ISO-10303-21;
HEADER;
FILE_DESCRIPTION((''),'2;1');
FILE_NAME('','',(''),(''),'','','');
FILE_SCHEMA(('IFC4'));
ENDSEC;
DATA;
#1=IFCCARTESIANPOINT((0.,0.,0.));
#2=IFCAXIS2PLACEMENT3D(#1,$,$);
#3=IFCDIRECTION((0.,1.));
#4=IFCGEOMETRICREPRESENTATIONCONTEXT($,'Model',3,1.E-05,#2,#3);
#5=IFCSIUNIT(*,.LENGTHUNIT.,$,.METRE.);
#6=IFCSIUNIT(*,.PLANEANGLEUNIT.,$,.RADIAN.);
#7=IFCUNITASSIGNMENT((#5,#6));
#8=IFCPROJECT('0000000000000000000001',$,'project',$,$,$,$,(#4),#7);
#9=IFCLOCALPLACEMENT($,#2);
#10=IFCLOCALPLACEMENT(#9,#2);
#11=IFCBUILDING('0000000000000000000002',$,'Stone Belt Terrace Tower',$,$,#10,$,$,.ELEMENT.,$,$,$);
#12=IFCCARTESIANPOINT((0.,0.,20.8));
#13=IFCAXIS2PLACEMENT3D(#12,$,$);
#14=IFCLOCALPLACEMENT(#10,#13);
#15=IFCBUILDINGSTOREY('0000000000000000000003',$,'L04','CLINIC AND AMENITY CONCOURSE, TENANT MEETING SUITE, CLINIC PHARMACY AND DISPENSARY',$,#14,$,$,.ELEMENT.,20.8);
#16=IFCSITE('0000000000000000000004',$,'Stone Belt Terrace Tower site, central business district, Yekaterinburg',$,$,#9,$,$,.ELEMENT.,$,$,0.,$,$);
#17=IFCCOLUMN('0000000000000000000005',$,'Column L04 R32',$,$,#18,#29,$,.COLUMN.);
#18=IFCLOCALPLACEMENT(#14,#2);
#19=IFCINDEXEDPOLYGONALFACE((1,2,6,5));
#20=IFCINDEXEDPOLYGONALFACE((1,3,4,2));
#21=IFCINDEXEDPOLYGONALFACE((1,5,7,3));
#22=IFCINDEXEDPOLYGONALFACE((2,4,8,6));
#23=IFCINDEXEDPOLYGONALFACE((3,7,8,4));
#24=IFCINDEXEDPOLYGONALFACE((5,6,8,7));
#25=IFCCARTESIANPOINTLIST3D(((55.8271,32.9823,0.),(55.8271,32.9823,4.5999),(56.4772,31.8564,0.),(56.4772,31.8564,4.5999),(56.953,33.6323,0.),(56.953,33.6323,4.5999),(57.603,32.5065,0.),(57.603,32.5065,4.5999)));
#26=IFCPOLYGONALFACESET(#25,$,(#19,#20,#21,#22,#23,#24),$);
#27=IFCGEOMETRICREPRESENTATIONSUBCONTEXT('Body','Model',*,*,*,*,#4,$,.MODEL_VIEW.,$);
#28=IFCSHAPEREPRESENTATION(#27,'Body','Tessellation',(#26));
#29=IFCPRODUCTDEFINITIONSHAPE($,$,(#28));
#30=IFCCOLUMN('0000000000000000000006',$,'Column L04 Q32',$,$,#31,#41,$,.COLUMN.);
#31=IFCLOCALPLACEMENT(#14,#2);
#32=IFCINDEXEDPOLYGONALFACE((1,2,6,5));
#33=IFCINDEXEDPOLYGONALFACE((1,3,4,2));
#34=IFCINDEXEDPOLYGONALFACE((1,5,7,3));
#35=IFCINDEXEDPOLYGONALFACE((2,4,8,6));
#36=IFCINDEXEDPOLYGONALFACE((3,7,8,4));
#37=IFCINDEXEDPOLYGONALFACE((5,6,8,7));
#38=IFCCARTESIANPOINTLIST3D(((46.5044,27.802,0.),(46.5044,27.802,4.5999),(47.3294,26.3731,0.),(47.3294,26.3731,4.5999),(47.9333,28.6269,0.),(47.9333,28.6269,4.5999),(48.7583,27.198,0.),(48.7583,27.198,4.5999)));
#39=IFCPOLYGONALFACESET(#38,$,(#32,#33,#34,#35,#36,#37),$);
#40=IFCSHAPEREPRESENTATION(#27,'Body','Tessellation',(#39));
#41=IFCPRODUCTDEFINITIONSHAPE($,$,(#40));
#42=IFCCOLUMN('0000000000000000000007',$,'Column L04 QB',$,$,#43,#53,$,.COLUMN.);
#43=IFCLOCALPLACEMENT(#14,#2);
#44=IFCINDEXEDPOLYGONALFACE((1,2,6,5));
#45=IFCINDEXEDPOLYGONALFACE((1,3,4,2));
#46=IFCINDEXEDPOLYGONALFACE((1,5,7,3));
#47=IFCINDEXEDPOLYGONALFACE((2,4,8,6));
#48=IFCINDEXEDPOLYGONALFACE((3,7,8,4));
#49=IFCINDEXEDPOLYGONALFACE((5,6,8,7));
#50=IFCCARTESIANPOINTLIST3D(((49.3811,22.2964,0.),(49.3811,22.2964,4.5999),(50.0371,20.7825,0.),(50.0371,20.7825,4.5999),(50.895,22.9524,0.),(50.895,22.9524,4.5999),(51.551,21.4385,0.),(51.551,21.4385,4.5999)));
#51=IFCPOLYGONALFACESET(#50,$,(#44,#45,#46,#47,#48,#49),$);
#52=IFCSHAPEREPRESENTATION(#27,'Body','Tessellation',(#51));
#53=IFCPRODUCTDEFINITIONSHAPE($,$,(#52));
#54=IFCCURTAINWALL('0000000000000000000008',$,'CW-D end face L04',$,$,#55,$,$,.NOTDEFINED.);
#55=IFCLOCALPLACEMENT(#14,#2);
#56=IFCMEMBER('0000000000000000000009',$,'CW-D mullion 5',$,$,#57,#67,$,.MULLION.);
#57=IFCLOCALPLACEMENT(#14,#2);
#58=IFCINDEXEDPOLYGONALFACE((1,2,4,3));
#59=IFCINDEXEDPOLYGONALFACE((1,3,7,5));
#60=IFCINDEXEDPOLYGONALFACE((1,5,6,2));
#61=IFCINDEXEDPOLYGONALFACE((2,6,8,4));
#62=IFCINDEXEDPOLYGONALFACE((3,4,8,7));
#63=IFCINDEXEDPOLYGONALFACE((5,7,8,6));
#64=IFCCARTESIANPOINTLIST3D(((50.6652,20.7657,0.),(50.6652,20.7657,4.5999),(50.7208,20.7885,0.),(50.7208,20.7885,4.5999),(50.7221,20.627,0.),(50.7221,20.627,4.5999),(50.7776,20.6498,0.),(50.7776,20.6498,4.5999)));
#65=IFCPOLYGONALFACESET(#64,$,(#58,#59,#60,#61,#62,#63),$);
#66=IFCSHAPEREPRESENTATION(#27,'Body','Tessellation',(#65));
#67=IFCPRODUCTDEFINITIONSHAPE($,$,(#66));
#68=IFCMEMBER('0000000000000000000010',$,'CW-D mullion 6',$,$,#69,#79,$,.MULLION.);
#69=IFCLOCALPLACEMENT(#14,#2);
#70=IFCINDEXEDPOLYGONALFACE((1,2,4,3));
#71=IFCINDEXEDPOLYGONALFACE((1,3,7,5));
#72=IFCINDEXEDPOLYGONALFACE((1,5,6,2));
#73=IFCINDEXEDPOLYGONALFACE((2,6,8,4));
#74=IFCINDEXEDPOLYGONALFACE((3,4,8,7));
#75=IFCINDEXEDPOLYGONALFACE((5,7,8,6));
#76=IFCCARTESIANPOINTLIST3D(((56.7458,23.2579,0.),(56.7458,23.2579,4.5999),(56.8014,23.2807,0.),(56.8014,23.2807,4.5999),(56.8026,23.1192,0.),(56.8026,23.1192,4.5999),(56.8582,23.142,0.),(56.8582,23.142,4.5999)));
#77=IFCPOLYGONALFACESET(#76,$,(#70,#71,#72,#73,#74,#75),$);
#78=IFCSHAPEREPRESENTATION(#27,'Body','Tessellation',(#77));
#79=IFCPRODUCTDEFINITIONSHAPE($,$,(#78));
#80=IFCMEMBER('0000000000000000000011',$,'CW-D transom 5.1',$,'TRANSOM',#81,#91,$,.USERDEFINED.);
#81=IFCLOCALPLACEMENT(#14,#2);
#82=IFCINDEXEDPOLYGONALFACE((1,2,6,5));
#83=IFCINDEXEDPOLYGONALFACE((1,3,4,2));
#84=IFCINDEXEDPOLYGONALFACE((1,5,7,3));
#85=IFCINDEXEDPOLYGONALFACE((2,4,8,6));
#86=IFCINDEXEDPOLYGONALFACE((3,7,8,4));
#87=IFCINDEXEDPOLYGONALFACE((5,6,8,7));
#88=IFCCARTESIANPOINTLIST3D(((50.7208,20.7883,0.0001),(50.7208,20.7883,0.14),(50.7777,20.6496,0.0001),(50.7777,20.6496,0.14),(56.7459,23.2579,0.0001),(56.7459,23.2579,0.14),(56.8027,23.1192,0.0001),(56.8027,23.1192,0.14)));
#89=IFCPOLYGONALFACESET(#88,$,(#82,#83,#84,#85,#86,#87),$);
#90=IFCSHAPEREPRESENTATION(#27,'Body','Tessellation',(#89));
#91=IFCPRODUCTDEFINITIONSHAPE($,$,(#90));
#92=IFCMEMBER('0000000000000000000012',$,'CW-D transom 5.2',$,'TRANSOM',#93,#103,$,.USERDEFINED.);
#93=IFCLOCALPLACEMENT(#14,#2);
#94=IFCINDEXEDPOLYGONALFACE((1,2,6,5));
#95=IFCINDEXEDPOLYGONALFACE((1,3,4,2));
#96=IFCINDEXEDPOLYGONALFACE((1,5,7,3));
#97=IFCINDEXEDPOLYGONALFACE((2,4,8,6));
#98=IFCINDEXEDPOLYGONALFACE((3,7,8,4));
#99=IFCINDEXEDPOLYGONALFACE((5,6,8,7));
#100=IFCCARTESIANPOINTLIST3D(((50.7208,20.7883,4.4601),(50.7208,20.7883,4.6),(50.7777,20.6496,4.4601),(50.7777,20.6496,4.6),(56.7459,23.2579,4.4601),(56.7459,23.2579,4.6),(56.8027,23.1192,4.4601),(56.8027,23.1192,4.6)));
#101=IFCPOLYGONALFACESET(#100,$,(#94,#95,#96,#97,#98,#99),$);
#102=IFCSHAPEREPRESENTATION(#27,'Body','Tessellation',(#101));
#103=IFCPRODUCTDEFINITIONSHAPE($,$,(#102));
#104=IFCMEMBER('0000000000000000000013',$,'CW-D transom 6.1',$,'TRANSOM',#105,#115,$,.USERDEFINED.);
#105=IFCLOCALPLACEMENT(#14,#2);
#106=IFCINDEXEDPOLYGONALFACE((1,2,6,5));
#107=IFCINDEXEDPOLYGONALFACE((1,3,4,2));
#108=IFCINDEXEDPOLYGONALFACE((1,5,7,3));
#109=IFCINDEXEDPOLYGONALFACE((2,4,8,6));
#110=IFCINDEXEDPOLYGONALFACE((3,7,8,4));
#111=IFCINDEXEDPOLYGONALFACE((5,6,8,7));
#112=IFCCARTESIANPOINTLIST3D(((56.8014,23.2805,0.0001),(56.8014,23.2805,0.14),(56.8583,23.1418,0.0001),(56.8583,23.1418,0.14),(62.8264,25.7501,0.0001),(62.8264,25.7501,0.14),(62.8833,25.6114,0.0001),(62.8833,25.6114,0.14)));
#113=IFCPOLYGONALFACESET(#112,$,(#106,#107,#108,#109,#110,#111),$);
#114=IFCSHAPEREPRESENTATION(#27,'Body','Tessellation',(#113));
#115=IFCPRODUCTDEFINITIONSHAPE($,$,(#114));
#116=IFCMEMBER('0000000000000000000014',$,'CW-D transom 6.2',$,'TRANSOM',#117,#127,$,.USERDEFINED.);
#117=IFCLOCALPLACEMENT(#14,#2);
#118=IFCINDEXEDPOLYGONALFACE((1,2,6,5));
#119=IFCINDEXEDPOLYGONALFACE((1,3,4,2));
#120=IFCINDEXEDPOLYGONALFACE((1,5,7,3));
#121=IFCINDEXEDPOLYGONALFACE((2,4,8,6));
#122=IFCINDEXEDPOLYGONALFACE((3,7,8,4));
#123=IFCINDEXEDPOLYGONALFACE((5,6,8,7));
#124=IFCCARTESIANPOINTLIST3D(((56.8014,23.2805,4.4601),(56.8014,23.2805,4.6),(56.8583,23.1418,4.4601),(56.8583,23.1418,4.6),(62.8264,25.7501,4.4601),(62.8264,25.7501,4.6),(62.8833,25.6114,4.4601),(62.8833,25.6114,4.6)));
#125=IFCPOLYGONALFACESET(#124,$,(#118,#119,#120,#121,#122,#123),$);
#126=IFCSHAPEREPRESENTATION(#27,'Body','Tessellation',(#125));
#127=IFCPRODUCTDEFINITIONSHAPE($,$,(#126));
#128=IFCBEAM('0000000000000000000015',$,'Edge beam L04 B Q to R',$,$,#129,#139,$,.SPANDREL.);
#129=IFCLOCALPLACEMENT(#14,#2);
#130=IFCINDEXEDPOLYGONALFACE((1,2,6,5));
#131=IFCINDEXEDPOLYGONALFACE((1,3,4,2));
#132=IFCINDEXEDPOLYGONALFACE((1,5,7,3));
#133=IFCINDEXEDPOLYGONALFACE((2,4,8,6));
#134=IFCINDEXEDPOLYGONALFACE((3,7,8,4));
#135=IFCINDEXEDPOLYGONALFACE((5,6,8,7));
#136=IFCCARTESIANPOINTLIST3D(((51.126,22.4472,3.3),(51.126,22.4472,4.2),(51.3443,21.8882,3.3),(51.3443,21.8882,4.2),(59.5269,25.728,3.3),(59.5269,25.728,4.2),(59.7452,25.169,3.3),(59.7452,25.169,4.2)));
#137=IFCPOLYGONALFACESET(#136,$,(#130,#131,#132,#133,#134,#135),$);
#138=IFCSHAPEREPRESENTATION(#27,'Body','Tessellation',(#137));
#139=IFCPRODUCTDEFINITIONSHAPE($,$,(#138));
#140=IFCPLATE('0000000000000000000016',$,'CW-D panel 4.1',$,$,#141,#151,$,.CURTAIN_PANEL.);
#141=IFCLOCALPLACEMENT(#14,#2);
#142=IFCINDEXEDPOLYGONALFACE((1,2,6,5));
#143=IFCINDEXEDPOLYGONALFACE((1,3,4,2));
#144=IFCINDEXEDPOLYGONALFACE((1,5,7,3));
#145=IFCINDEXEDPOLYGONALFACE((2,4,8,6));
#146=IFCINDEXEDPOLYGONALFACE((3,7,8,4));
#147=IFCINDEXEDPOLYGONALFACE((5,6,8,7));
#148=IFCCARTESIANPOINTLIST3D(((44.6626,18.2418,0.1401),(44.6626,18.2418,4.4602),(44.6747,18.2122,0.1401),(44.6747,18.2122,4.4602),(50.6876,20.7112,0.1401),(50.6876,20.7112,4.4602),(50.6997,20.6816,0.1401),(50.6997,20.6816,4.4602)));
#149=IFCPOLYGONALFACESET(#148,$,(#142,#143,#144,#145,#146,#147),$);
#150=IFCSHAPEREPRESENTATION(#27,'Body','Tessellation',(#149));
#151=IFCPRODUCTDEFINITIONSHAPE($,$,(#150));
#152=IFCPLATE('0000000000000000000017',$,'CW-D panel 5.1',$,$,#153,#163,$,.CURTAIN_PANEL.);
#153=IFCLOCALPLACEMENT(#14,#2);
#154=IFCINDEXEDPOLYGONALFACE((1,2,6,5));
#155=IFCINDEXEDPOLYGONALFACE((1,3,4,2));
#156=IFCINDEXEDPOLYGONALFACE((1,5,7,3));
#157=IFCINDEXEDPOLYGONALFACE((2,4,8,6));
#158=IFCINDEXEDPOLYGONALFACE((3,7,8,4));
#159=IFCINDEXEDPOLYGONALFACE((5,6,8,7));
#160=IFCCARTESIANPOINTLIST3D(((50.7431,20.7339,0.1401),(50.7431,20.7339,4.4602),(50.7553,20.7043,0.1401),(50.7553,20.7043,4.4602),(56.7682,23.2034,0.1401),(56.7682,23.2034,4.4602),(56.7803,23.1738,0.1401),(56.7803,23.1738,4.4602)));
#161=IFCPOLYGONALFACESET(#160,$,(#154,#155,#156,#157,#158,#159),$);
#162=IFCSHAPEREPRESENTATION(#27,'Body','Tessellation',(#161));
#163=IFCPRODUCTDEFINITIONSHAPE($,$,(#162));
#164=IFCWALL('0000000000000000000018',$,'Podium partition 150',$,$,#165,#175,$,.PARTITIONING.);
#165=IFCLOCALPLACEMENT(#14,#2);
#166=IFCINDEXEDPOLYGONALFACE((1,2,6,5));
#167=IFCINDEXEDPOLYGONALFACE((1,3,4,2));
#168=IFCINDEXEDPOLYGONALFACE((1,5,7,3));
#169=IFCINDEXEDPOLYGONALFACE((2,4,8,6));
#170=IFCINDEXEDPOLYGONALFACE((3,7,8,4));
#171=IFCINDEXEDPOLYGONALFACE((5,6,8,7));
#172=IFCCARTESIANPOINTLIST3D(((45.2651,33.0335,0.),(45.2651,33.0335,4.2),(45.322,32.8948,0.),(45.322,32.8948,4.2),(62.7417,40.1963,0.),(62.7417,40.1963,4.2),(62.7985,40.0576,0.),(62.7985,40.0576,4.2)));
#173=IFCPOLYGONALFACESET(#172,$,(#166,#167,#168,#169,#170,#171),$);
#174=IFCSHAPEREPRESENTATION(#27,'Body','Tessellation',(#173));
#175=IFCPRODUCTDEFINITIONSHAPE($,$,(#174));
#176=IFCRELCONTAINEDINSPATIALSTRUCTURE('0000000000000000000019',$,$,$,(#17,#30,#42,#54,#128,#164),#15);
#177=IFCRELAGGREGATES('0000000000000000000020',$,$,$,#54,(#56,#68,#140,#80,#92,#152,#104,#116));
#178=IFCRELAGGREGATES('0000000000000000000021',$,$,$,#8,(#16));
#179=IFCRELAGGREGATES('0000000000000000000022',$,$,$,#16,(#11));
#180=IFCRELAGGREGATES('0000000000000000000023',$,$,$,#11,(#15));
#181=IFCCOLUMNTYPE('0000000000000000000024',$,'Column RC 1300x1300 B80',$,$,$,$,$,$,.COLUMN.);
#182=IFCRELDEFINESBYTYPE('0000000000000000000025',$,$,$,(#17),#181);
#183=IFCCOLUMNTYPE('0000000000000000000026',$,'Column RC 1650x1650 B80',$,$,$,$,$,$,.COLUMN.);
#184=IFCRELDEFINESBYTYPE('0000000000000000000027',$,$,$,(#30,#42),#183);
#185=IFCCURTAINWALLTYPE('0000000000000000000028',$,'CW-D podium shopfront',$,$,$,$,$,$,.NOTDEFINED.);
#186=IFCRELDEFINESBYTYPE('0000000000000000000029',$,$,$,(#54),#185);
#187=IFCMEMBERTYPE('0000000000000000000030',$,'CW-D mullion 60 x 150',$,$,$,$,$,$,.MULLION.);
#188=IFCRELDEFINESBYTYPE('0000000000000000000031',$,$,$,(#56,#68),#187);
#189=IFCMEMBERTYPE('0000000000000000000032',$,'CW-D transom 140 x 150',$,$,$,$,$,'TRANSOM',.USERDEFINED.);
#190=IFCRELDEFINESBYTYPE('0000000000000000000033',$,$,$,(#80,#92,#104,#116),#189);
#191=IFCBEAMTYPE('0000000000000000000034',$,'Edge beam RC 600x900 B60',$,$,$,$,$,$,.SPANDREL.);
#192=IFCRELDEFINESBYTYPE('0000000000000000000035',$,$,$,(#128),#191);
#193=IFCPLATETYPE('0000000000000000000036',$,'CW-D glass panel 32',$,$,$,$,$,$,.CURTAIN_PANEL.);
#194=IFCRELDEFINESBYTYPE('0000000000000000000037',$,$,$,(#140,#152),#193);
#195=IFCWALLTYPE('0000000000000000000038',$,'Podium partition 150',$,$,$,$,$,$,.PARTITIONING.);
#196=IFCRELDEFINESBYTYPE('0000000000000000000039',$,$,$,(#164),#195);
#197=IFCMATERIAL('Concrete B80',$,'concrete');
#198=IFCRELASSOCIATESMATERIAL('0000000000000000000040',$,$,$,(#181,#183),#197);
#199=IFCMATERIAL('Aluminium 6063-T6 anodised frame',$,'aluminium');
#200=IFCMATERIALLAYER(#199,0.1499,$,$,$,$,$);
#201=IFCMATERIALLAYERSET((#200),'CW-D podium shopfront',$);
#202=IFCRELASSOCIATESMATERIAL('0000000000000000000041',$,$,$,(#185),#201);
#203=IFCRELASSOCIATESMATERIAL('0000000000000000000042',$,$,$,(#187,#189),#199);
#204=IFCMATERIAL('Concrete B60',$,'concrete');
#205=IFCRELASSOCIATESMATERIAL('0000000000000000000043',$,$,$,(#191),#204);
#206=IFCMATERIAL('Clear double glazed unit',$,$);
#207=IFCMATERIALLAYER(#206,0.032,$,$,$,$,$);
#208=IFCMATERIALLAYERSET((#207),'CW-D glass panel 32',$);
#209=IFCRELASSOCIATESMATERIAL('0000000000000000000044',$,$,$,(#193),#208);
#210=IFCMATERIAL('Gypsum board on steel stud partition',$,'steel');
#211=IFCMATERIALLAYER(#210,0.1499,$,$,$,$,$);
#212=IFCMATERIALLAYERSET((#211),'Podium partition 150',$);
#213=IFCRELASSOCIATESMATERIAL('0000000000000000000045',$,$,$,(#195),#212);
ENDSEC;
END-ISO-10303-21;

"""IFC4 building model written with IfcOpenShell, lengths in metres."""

from ifc_helpers import new_model, si_unit, direction, frame, frame_2d, origin, origin_2d, place, context, subcontext, project, spatial, rectangle, extrude, material, layer, layer_set, material_profile, profile_set, type_object, element, aggregate, save


model = new_model("IFC4")

# Units and contexts
model_context = context("Model", 3, precision=1e-05, world=origin(), true_north=direction((0.0, 1.0)))
body_context = subcontext(model_context, "Body", "Model", "MODEL_VIEW")
ifc_project = project(units=[si_unit("LENGTHUNIT", "METRE"), si_unit("PLANEANGLEUNIT", "RADIAN")], contexts=[model_context])

# Site, building, storey
site_placement = place(None, origin())
site = spatial("IfcSite", under=ifc_project, at=site_placement, Name="Stone Belt Terrace Tower site, central business district, Yekaterinburg", CompositionType="ELEMENT", RefElevation=0.0)
building_placement = place(site_placement, origin())
building = spatial("IfcBuilding", under=site, at=building_placement, Name="Stone Belt Terrace Tower", CompositionType="ELEMENT")
storey_placement = place(building_placement, frame((0.0, 0.0, 20.8)))
storey = spatial("IfcBuildingStorey", under=building, at=storey_placement, Name="L04", Description="CLINIC AND AMENITY CONCOURSE, TENANT MEETING SUITE, CLINIC PHARMACY AND DISPENSARY", CompositionType="ELEMENT", Elevation=20.8)

# Columns
ifc_material_1 = material(Name="Concrete B80", Category="concrete")
ifc_material_profile_1 = material_profile(ifc_material_1, rectangle(XDim=1.3, YDim=1.3, at=origin_2d()), Name="RC 1300x1300")
ifc_profile_set_1 = profile_set([ifc_material_profile_1], Name="Concrete B80")
column_type_1 = type_object("IfcColumnType", Name="Column RC 1300x1300 B80", PredefinedType="COLUMN", material=ifc_profile_set_1)
column_placement = place(storey_placement, frame((56.7151, 32.7444, 0.0), z_axis=(0.0, 0.0, 1.0), x_axis=(0.5, -0.866025, 0.0)))
element("IfcColumn", 1, at=column_placement, inside=storey, type_object=column_type_1, Name="Column L04 R32", PredefinedType="COLUMN", context=body_context, shape_type="SweptSolid", body=[
    extrude(rectangle(XDim=1.3, YDim=1.3, at=origin_2d()), origin(), (0.0, 0.0, 1.0), 4.5999),
])
ifc_material_profile_2 = material_profile(ifc_material_1, rectangle(XDim=1.6499, YDim=1.6499, at=origin_2d()), Name="RC 1650x1650")
ifc_profile_set_2 = profile_set([ifc_material_profile_2], Name="Concrete B80")
column_type_2 = type_object("IfcColumnType", Name="Column RC 1650x1650 B80", PredefinedType="COLUMN", material=ifc_profile_set_2)
for number, where, z_axis, x_axis, name in (
    (2, (47.6313, 27.5, 0.0), (0.0, 0.0, 1.0), (0.5, -0.866025, 0.0), "Column L04 Q32"),
    (3, (50.4661, 21.8674, 0.0), (0.0, 0.0, 1.0), (0.397588, -0.917564, 0.0), "Column L04 QB"),
):
    element("IfcColumn", number, at=place(storey_placement, frame(where, z_axis=z_axis, x_axis=x_axis)), inside=storey, type_object=column_type_2, Name=name, PredefinedType="COLUMN", context=body_context, shape_type="SweptSolid", body=[
        extrude(rectangle(XDim=1.6499, YDim=1.6499, at=origin_2d()), origin(), (0.0, 0.0, 1.0), 4.5999),
    ])

# Curtain wall, members
ifc_material_2 = material(Name="Aluminium 6063-T6 anodised frame", Category="aluminium")
ifc_layer_1 = layer(ifc_material_2, 0.1499)
ifc_layer_set_1 = layer_set([ifc_layer_1], Name="CW-D podium shopfront")
curtain_wall_type = type_object("IfcCurtainWallType", Name="CW-D podium shopfront", PredefinedType="NOTDEFINED", material=ifc_layer_set_1)
curtain_wall_placement = place(storey_placement, origin())
curtain_wall = element("IfcCurtainWall", 4, at=curtain_wall_placement, inside=storey, type_object=curtain_wall_type, Name="CW-D end face L04", PredefinedType="NOTDEFINED")
ifc_material_profile_3 = material_profile(ifc_material_2, rectangle(XDim=0.1499, YDim=0.0601, at=origin_2d()), Name="Aluminium 6063-T6 60x150")
ifc_profile_set_3 = profile_set([ifc_material_profile_3], Name="Aluminium 6063-T6 anodised frame")
member_type_1 = type_object("IfcMemberType", Name="CW-D mullion 60 x 150", PredefinedType="MULLION", material=ifc_profile_set_3)
member_1_placement = place(storey_placement, frame((50.7214, 20.7078, 0.0), z_axis=(0.0, 0.0, 1.0), x_axis=(-0.379243, 0.925297, 0.0)))
member_1 = element("IfcMember", 5, at=member_1_placement, type_object=member_type_1, Name="CW-D mullion 5", PredefinedType="MULLION", context=body_context, shape_type="SweptSolid", body=[
    extrude(rectangle(XDim=0.1499, YDim=0.0601, at=origin_2d()), origin(), (0.0, 0.0, 1.0), 4.5999),
])
member_2_placement = place(storey_placement, frame((56.802, 23.2, 0.0), z_axis=(0.0, 0.0, 1.0), x_axis=(-0.379243, 0.925297, 0.0)))
member_2 = element("IfcMember", 6, at=member_2_placement, type_object=member_type_1, Name="CW-D mullion 6", PredefinedType="MULLION", context=body_context, shape_type="SweptSolid", body=[
    extrude(rectangle(XDim=0.1499, YDim=0.0601, at=origin_2d()), origin(), (0.0, 0.0, 1.0), 4.5999),
])
ifc_material_profile_4 = material_profile(ifc_material_2, rectangle(XDim=0.1499, YDim=0.1399, at=origin_2d()), Name="Aluminium 6063-T6 150x140")
ifc_profile_set_4 = profile_set([ifc_material_profile_4], Name="Aluminium 6063-T6 anodised frame")
member_type_2 = type_object("IfcMemberType", Name="CW-D transom 140 x 150", ElementType="TRANSOM", PredefinedType="USERDEFINED", material=ifc_profile_set_4)
member_3_placement = place(storey_placement, frame((50.7493, 20.719, 0.0701), z_axis=(0.925291, 0.379258, 0.0), x_axis=(-0.379258, 0.925291, 0.0)))
member_3 = element("IfcMember", 7, at=member_3_placement, type_object=member_type_2, Name="CW-D transom 5.1", ObjectType="TRANSOM", PredefinedType="USERDEFINED", context=body_context, shape_type="SweptSolid", body=[
    extrude(rectangle(XDim=0.1499, YDim=0.1399, at=origin_2d()), origin(), (0.0, 0.0, 1.0), 6.5115),
])
member_4_placement = place(storey_placement, frame((50.7493, 20.719, 4.53), z_axis=(0.925291, 0.379258, 0.0), x_axis=(-0.379258, 0.925291, 0.0)))
member_4 = element("IfcMember", 8, at=member_4_placement, type_object=member_type_2, Name="CW-D transom 5.2", ObjectType="TRANSOM", PredefinedType="USERDEFINED", context=body_context, shape_type="SweptSolid", body=[
    extrude(rectangle(XDim=0.1499, YDim=0.1399, at=origin_2d()), origin(), (0.0, 0.0, 1.0), 6.5115),
])
member_5_placement = place(storey_placement, frame((56.8298, 23.2112, 0.0701), z_axis=(0.925291, 0.379258, 0.0), x_axis=(-0.379258, 0.925291, 0.0)))
member_5 = element("IfcMember", 9, at=member_5_placement, type_object=member_type_2, Name="CW-D transom 6.1", ObjectType="TRANSOM", PredefinedType="USERDEFINED", context=body_context, shape_type="SweptSolid", body=[
    extrude(rectangle(XDim=0.1499, YDim=0.1399, at=origin_2d()), origin(), (0.0, 0.0, 1.0), 6.5115),
])
member_6_placement = place(storey_placement, frame((56.8298, 23.2112, 4.53), z_axis=(0.925291, 0.379258, 0.0), x_axis=(-0.379258, 0.925291, 0.0)))
member_6 = element("IfcMember", 10, at=member_6_placement, type_object=member_type_2, Name="CW-D transom 6.2", ObjectType="TRANSOM", PredefinedType="USERDEFINED", context=body_context, shape_type="SweptSolid", body=[
    extrude(rectangle(XDim=0.1499, YDim=0.1399, at=origin_2d()), origin(), (0.0, 0.0, 1.0), 6.5115),
])

# Beam
ifc_material_3 = material(Name="Concrete B60", Category="concrete")
ifc_material_profile_5 = material_profile(ifc_material_3, rectangle(XDim=0.6001, YDim=0.8999, at=origin_2d()), Name="RC 600x900")
ifc_profile_set_5 = profile_set([ifc_material_profile_5], Name="Concrete B60")
beam_type = type_object("IfcBeamType", Name="Edge beam RC 600x900 B60", PredefinedType="SPANDREL", material=ifc_profile_set_5)
beam_placement = place(storey_placement, frame((51.2351, 22.1677, 3.75), z_axis=(0.931489, 0.363771, 0.0), x_axis=(-0.363771, 0.931489, 0.0)))
element("IfcBeam", 11, at=beam_placement, inside=storey, type_object=beam_type, Name="Edge beam L04 B Q to R", PredefinedType="SPANDREL", context=body_context, shape_type="SweptSolid", body=[
    extrude(rectangle(XDim=0.6001, YDim=0.8999, at=origin_2d()), origin(), (0.0, 0.0, 1.0), 9.0188),
])

# Plates
ifc_material_4 = material(Name="Clear double glazed unit")
ifc_layer_2 = layer(ifc_material_4, 0.032)
ifc_layer_set_2 = layer_set([ifc_layer_2], Name="CW-D glass panel 32")
plate_type = type_object("IfcPlateType", Name="CW-D glass panel 32", PredefinedType="CURTAIN_PANEL", material=ifc_layer_set_2)
plate_1_placement = place(storey_placement, frame((47.6812, 19.4617, 0.1401), z_axis=(0.0, 0.0, 1.0), x_axis=(0.925297, 0.379243, 0.0)))
plate_1 = element("IfcPlate", 12, at=plate_1_placement, type_object=plate_type, Name="CW-D panel 4.1", PredefinedType="CURTAIN_PANEL", context=body_context, shape_type="SweptSolid", body=[
    extrude(rectangle(XDim=6.5115, YDim=0.032, at=origin_2d()), origin(), (0.0, 0.0, 1.0), 4.3201),
])
plate_2_placement = place(storey_placement, frame((53.7617, 21.9539, 0.1401), z_axis=(0.0, 0.0, 1.0), x_axis=(0.925297, 0.379243, 0.0)))
plate_2 = element("IfcPlate", 13, at=plate_2_placement, type_object=plate_type, Name="CW-D panel 5.1", PredefinedType="CURTAIN_PANEL", context=body_context, shape_type="SweptSolid", body=[
    extrude(rectangle(XDim=6.5115, YDim=0.032, at=origin_2d()), origin(), (0.0, 0.0, 1.0), 4.3201),
])
aggregate(curtain_wall, [member_1, member_2, plate_1, member_3, member_4, plate_2, member_5, member_6])

# Wall
ifc_material_5 = material(Name="Gypsum board on steel stud partition", Category="steel")
ifc_layer_3 = layer(ifc_material_5, 0.1499)
ifc_layer_set_3 = layer_set([ifc_layer_3], Name="Podium partition 150")
wall_type_1 = type_object("IfcWallType", Name="Podium partition 150", PredefinedType="PARTITIONING", material=ifc_layer_set_3)
wall_1_placement = place(storey_placement, frame((45.2935, 32.9641, 0.0), z_axis=(0.0, 0.0, 1.0), x_axis=(0.925299, 0.379238, 0.0)))
element("IfcWall", 14, at=wall_1_placement, inside=storey, type_object=wall_type_1, Name="Podium partition 150", PredefinedType="PARTITIONING", context=body_context, shape_type="SweptSolid", body=[
    extrude(rectangle(XDim=18.8875, YDim=0.1499, at=frame_2d((9.4438, 0.0))), origin(), (0.0, 0.0, 1.0), 4.2),
])

save(model, "model.ifc")
